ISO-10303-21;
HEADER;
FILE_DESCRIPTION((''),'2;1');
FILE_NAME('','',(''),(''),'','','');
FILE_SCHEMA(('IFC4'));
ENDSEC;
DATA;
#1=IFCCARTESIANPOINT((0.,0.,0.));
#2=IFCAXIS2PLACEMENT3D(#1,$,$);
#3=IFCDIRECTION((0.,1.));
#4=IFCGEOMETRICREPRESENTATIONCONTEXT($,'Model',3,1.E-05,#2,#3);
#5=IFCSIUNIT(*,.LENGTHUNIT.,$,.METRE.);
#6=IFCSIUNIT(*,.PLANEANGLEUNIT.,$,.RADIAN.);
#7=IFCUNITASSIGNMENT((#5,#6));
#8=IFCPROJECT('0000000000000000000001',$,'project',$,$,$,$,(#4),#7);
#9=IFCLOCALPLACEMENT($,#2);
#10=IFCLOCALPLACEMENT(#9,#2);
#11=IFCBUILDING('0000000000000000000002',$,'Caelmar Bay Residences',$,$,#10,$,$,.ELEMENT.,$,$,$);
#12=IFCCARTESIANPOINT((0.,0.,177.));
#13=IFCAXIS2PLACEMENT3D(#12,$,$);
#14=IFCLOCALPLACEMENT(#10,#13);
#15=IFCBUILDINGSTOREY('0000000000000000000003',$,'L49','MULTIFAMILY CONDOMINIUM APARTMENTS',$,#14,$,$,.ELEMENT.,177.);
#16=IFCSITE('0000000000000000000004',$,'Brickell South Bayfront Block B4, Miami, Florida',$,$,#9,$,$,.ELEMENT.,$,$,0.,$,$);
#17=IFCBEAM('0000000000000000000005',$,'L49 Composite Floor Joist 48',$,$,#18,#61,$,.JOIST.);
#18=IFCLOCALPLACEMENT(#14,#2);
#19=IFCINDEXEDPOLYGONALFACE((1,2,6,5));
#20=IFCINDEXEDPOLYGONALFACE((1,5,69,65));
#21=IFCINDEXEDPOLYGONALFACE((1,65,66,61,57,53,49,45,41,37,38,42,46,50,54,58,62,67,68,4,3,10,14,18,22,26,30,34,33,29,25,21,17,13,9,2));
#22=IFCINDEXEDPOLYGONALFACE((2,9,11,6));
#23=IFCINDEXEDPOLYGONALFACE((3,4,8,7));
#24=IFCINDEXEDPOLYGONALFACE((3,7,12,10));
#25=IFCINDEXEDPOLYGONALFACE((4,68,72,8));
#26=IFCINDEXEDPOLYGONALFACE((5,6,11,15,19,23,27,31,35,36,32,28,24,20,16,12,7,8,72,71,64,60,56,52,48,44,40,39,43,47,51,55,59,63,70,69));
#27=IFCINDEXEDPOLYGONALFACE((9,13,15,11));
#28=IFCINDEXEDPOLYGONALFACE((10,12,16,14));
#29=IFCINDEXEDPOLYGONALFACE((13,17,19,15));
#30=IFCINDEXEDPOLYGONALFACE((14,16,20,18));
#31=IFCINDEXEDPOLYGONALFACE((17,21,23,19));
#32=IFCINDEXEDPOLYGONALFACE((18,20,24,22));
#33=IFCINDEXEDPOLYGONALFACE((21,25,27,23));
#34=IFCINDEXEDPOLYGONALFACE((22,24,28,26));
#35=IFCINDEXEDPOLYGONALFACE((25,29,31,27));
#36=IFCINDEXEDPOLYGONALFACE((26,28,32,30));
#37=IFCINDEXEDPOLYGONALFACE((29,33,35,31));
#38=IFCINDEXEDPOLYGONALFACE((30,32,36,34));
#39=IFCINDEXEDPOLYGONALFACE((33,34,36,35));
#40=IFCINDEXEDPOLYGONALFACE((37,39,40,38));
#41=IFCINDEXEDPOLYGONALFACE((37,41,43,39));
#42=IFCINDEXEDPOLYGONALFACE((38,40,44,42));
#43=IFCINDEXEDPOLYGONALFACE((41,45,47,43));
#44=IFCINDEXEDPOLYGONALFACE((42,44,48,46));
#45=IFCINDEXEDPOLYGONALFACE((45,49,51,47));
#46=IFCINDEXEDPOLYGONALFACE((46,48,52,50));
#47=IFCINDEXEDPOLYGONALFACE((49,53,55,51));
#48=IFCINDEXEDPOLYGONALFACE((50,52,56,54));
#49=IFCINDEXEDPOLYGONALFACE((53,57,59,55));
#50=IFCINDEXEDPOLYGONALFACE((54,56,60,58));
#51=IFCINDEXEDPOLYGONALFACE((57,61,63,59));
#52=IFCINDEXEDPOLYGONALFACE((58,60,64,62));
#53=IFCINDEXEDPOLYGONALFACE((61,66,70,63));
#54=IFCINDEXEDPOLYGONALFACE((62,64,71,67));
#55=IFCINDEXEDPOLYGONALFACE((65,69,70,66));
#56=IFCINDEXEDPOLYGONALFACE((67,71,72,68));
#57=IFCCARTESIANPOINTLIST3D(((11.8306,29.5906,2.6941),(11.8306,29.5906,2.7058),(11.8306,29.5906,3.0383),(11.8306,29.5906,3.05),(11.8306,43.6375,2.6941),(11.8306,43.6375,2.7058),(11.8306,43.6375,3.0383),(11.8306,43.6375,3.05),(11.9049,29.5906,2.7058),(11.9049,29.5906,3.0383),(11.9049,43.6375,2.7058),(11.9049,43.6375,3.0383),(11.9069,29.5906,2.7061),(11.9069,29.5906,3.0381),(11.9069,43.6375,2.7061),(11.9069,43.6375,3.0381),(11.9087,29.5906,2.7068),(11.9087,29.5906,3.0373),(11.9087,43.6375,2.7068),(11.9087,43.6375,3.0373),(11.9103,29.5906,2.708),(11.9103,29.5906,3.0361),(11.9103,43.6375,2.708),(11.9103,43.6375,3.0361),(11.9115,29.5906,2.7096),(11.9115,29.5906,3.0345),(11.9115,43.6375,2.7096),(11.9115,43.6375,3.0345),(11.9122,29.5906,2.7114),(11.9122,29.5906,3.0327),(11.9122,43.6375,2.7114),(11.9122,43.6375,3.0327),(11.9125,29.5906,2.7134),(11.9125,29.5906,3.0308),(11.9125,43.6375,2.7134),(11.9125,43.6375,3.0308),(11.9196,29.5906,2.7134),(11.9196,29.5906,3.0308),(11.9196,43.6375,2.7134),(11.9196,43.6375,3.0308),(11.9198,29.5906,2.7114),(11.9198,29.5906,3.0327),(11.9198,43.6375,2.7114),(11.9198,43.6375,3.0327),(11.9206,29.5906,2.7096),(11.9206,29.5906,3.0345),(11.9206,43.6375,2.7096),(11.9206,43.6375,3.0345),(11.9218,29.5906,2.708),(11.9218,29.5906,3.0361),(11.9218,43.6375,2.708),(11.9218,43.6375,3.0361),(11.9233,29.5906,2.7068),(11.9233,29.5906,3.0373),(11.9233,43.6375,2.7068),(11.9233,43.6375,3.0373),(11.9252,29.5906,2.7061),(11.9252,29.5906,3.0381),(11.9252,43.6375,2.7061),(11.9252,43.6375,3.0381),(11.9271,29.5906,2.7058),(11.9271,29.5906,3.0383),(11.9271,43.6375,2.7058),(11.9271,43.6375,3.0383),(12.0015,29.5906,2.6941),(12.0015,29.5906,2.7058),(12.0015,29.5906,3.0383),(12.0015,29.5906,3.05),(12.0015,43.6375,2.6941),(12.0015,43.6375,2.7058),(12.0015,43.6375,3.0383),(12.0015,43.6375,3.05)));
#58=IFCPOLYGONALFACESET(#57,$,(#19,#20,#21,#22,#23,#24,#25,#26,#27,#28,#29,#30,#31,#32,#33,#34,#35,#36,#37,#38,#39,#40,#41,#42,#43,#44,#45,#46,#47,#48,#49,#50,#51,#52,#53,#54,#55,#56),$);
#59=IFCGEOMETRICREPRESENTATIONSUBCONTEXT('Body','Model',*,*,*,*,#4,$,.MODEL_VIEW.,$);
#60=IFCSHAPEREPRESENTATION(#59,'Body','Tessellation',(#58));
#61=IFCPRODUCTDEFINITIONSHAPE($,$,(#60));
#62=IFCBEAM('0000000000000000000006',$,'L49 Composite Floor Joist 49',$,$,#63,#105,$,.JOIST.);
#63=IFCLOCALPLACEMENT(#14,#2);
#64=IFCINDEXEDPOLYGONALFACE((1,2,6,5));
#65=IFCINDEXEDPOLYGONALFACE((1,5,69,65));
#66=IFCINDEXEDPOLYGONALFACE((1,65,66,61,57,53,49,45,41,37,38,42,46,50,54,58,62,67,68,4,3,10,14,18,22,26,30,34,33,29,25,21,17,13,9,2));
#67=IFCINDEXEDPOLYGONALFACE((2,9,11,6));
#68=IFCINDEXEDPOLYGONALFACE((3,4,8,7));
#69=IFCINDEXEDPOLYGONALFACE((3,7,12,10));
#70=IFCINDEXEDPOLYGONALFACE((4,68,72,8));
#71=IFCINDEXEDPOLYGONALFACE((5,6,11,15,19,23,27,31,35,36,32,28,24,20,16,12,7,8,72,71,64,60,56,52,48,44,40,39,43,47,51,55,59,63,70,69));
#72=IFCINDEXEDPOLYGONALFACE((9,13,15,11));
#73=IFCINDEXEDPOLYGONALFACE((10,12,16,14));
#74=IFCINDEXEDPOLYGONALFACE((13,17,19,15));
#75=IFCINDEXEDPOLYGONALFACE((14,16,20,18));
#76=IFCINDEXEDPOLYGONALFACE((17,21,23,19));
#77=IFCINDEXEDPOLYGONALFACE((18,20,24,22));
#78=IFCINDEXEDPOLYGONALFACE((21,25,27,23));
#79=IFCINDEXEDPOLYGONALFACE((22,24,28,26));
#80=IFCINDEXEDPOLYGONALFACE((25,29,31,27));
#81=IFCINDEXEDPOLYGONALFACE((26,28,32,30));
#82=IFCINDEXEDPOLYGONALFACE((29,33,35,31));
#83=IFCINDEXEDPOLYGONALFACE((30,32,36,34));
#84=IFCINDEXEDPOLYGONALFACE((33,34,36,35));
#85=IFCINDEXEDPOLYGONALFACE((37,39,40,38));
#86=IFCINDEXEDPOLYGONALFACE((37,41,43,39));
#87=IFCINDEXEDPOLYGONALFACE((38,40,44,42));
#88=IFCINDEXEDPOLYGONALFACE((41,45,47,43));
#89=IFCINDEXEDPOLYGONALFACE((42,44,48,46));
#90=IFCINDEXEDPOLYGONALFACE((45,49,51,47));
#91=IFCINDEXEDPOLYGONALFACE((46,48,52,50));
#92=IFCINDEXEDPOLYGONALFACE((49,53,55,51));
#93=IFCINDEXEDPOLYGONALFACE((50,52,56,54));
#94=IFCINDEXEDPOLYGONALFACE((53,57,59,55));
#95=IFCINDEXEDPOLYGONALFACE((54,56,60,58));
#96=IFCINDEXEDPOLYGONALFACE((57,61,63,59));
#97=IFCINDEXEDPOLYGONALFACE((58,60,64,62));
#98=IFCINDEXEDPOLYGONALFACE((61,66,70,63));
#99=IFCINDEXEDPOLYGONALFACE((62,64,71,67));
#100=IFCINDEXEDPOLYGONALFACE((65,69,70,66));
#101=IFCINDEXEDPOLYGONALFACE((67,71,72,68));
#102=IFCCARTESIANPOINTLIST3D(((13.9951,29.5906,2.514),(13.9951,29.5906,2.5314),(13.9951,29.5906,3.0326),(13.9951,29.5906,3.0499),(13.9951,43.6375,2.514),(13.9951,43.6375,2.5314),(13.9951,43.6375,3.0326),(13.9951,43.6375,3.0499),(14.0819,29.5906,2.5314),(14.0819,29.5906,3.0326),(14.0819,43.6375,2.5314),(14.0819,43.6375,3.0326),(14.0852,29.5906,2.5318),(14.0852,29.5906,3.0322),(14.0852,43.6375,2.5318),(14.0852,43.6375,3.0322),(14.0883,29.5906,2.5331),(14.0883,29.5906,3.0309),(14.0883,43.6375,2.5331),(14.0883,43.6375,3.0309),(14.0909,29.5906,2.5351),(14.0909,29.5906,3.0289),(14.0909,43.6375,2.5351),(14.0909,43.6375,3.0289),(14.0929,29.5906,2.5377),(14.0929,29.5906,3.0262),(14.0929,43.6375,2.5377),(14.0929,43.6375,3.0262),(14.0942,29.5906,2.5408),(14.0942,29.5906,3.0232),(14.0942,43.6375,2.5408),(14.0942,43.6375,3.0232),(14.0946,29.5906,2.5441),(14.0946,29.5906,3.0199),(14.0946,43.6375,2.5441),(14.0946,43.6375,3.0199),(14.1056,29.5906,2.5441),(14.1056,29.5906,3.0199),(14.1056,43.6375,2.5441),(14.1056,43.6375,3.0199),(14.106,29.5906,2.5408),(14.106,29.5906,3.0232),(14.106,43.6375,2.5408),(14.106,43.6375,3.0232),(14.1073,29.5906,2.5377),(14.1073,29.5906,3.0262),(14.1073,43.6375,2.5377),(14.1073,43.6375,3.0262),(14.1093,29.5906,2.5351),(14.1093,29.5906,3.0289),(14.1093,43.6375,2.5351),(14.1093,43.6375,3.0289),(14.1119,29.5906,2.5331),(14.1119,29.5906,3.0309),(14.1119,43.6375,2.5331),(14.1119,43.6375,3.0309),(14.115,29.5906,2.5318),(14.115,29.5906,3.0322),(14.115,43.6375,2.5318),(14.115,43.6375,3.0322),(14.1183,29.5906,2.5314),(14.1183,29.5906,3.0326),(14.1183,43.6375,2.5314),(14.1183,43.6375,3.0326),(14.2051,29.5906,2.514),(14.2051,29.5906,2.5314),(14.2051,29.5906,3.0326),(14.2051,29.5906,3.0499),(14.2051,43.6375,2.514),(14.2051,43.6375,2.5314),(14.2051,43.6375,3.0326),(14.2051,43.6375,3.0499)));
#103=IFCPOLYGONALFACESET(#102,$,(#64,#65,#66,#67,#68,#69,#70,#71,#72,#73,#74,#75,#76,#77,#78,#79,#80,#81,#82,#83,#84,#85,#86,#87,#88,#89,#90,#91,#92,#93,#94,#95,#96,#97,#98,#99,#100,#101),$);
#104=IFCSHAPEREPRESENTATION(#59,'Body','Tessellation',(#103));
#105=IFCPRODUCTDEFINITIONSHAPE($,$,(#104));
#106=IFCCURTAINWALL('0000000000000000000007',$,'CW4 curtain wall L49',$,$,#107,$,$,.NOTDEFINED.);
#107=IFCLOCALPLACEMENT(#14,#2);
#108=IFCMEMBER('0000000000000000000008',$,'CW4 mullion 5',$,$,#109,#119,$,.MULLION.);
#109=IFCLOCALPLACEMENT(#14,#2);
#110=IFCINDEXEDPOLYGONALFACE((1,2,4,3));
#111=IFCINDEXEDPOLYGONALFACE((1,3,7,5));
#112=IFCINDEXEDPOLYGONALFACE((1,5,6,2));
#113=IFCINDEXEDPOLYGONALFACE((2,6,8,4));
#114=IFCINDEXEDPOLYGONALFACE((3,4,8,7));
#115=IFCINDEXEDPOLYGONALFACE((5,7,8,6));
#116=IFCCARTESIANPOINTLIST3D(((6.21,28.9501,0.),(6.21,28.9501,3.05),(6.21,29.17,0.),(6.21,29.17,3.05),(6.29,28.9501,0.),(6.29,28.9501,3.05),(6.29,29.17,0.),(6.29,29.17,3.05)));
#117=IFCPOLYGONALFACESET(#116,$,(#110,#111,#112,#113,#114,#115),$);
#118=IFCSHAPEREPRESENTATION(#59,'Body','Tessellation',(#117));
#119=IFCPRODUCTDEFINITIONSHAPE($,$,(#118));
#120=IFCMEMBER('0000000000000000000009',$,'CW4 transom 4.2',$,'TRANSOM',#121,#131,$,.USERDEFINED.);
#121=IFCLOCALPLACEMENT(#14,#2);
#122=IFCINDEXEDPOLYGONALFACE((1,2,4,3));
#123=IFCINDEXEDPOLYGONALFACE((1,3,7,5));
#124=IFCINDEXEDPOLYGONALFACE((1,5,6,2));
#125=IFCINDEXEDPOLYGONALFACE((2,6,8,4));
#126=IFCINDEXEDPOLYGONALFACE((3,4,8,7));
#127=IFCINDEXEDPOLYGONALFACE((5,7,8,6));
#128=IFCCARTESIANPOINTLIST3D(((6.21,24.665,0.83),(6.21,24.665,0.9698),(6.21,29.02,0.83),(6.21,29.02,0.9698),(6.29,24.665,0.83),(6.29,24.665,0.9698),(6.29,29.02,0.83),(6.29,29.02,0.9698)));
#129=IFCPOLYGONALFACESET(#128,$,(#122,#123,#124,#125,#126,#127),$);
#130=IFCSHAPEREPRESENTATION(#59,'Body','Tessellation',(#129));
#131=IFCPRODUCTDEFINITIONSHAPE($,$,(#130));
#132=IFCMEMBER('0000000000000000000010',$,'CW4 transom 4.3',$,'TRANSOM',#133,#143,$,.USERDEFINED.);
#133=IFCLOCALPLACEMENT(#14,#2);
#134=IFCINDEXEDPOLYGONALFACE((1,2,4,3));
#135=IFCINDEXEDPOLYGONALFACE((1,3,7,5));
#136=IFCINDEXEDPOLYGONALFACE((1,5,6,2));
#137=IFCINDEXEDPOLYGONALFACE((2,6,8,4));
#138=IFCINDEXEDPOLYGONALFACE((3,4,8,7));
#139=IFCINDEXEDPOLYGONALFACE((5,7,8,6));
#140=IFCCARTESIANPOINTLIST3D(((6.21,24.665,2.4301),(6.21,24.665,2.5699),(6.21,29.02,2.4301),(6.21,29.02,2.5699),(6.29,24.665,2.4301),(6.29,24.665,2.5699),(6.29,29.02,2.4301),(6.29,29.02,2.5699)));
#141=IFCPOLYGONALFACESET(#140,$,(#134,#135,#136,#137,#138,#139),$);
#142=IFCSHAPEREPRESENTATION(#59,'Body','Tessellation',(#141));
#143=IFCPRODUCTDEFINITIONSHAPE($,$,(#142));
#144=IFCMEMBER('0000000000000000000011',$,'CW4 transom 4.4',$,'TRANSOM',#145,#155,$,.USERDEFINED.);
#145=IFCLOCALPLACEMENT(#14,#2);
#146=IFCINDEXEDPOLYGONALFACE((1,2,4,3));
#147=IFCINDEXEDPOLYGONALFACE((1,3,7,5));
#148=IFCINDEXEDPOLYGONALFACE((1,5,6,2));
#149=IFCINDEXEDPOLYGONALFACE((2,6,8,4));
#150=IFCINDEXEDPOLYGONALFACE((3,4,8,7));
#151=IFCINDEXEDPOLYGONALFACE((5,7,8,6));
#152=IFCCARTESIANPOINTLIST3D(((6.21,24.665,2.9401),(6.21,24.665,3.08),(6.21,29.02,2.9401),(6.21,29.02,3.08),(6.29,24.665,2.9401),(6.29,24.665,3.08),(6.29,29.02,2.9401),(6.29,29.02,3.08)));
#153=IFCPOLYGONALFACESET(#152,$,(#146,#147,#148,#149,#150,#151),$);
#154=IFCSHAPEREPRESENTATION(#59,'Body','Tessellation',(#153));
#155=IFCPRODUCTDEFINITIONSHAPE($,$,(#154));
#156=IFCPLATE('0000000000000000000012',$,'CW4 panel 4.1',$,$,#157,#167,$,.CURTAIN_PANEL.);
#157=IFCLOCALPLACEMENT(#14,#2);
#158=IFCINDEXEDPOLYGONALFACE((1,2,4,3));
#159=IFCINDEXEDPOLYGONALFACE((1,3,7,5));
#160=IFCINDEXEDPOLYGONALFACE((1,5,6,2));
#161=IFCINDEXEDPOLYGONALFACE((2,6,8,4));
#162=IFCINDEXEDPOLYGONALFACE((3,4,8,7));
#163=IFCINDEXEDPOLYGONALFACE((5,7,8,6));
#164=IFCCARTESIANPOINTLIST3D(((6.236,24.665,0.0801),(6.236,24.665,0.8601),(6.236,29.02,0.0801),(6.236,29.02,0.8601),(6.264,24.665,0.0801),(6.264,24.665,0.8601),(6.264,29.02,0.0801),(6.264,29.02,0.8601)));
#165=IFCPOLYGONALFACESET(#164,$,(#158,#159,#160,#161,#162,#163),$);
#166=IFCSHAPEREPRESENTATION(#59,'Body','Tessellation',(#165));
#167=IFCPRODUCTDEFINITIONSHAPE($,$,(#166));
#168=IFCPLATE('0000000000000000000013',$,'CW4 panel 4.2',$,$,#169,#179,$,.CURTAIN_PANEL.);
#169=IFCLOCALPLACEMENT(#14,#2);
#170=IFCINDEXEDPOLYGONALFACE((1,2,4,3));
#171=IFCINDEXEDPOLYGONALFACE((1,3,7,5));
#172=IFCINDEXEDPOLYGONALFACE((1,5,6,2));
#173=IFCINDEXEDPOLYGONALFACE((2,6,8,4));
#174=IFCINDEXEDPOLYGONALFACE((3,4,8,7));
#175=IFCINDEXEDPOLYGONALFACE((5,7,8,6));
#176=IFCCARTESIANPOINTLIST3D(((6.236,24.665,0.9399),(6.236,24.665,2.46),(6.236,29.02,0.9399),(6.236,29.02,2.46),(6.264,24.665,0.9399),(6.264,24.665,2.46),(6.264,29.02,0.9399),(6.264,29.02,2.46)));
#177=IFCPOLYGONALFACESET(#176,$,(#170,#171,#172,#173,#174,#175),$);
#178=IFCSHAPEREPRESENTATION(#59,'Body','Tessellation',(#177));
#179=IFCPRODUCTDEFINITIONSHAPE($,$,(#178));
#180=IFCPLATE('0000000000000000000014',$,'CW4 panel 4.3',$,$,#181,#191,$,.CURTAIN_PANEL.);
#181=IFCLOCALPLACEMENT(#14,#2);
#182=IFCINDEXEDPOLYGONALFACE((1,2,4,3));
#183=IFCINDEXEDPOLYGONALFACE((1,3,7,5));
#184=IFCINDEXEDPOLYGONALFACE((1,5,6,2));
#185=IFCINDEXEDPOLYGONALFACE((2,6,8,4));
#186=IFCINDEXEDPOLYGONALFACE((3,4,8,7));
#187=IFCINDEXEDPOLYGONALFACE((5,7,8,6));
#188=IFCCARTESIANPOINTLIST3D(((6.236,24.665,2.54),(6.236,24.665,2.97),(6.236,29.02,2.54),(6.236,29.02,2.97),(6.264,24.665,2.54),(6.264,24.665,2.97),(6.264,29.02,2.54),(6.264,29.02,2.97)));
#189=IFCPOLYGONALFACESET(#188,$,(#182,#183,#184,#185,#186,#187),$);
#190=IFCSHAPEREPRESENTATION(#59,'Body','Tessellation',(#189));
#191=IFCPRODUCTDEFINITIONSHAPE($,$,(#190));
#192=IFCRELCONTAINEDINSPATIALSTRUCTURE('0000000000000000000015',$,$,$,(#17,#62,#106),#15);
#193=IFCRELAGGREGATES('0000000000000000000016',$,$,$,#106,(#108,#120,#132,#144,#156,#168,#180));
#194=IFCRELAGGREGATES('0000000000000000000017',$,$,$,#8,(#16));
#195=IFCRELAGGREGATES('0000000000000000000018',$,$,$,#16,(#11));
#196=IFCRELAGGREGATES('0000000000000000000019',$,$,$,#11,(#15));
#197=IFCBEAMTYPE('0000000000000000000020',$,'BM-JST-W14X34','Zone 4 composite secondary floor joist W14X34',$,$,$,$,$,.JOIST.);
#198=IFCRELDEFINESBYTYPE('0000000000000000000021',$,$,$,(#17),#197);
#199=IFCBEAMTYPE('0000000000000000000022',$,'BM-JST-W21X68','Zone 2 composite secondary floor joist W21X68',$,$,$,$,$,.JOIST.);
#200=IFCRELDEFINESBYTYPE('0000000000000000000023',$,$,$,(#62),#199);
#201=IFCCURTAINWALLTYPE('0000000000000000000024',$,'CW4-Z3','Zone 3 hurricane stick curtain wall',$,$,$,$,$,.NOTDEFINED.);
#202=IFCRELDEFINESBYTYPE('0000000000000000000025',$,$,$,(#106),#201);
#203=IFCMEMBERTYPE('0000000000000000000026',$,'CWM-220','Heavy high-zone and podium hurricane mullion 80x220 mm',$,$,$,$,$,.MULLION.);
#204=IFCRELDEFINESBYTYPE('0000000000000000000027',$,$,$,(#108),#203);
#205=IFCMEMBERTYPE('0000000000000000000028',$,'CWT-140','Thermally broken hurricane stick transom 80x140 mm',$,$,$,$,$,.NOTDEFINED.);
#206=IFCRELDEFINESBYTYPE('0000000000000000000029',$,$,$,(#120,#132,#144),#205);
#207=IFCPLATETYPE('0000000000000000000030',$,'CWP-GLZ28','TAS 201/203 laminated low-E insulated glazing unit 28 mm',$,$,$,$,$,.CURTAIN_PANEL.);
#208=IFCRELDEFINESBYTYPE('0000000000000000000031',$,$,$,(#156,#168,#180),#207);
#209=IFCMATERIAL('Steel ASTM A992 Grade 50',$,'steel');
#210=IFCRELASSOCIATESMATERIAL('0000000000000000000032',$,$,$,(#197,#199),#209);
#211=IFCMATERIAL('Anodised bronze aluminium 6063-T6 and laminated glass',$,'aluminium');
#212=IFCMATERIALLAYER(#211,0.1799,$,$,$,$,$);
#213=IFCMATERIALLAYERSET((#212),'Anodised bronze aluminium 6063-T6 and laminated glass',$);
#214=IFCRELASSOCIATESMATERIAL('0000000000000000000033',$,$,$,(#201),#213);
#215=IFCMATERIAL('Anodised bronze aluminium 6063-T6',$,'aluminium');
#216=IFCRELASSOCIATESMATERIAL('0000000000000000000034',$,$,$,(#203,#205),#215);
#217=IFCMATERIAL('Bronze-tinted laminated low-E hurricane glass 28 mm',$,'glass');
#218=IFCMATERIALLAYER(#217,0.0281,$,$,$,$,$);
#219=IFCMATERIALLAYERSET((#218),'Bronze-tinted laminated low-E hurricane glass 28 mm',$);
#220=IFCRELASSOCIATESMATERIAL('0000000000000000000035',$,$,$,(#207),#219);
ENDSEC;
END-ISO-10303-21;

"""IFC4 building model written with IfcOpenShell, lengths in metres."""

from ifc_helpers import new_model, si_unit, direction, frame, origin, origin_2d, place, context, subcontext, project, spatial, rectangle, i_section, extrude, material, layer, layer_set, material_profile, profile_set, type_object, element, aggregate, save


model = new_model("IFC4")

# Units and contexts
model_context = context("Model", 3, precision=1e-05, world=origin(), true_north=direction((0.0, 1.0)))
body_context = subcontext(model_context, "Body", "Model", "MODEL_VIEW")
ifc_project = project(units=[si_unit("LENGTHUNIT", "METRE"), si_unit("PLANEANGLEUNIT", "RADIAN")], contexts=[model_context])

# Site, building, storey
site_placement = place(None, origin())
site = spatial("IfcSite", under=ifc_project, at=site_placement, Name="Brickell South Bayfront Block B4, Miami, Florida", CompositionType="ELEMENT", RefElevation=0.0)
building_placement = place(site_placement, origin())
building = spatial("IfcBuilding", under=site, at=building_placement, Name="Caelmar Bay Residences", CompositionType="ELEMENT")
storey_placement = place(building_placement, frame((0.0, 0.0, 177.0)))
storey = spatial("IfcBuildingStorey", under=building, at=storey_placement, Name="L49", Description="MULTIFAMILY CONDOMINIUM APARTMENTS", CompositionType="ELEMENT", Elevation=177.0)

# Beams
ifc_material_1 = material(Name="Steel ASTM A992 Grade 50", Category="steel")
ifc_material_profile_1 = material_profile(ifc_material_1, i_section(OverallWidth=0.1709, OverallDepth=0.356, WebThickness=0.0071, FlangeThickness=0.0117, FilletRadius=0.0076, at=origin_2d()), Name="W14X34")
ifc_profile_set_1 = profile_set([ifc_material_profile_1], Name="Steel ASTM A992 Grade 50")
beam_type_1 = type_object("IfcBeamType", Name="BM-JST-W14X34", Description="Zone 4 composite secondary floor joist W14X34", PredefinedType="JOIST", material=ifc_profile_set_1)
beam_1_placement = place(storey_placement, frame((11.916, 29.5906, 2.8721), z_axis=(0.0, 1.0, 0.0), x_axis=(-1.0, 0.0, 0.0)))
element("IfcBeam", 1, at=beam_1_placement, inside=storey, type_object=beam_type_1, Name="L49 Composite Floor Joist 48", PredefinedType="JOIST", context=body_context, shape_type="SweptSolid", body=[
    extrude(i_section(OverallWidth=0.1709, OverallDepth=0.356, WebThickness=0.0071, FlangeThickness=0.0117, FilletRadius=0.0076, at=origin_2d()), origin(), (0.0, 0.0, 1.0), 14.0469),
])
ifc_material_profile_2 = material_profile(ifc_material_1, i_section(OverallWidth=0.21, OverallDepth=0.5359, WebThickness=0.011, FlangeThickness=0.0173, FilletRadius=0.0127, at=origin_2d()), Name="W21X68")
ifc_profile_set_2 = profile_set([ifc_material_profile_2], Name="Steel ASTM A992 Grade 50")
beam_type_2 = type_object("IfcBeamType", Name="BM-JST-W21X68", Description="Zone 2 composite secondary floor joist W21X68", PredefinedType="JOIST", material=ifc_profile_set_2)
beam_2_placement = place(storey_placement, frame((14.1001, 29.5906, 2.782), z_axis=(0.0, 1.0, 0.0), x_axis=(-1.0, 0.0, 0.0)))
element("IfcBeam", 2, at=beam_2_placement, inside=storey, type_object=beam_type_2, Name="L49 Composite Floor Joist 49", PredefinedType="JOIST", context=body_context, shape_type="SweptSolid", body=[
    extrude(i_section(OverallWidth=0.21, OverallDepth=0.5359, WebThickness=0.011, FlangeThickness=0.0173, FilletRadius=0.0127, at=origin_2d()), origin(), (0.0, 0.0, 1.0), 14.0469),
])

# Curtain wall, members, plates
ifc_material_2 = material(Name="Anodised bronze aluminium 6063-T6 and laminated glass", Category="aluminium")
ifc_layer_1 = layer(ifc_material_2, 0.1799)
ifc_layer_set_1 = layer_set([ifc_layer_1], Name="Anodised bronze aluminium 6063-T6 and laminated glass")
curtain_wall_type = type_object("IfcCurtainWallType", Name="CW4-Z3", Description="Zone 3 hurricane stick curtain wall", PredefinedType="NOTDEFINED", material=ifc_layer_set_1)
curtain_wall_placement = place(storey_placement, origin())
curtain_wall = element("IfcCurtainWall", 3, at=curtain_wall_placement, inside=storey, type_object=curtain_wall_type, Name="CW4 curtain wall L49", PredefinedType="NOTDEFINED")
ifc_material_3 = material(Name="Anodised bronze aluminium 6063-T6", Category="aluminium")
ifc_material_profile_3 = material_profile(ifc_material_3, rectangle(XDim=0.0801, YDim=0.22, at=origin_2d()), Name="CWM-80X220")
ifc_profile_set_3 = profile_set([ifc_material_profile_3], Name="Anodised bronze aluminium 6063-T6")
member_type_1 = type_object("IfcMemberType", Name="CWM-220", Description="Heavy high-zone and podium hurricane mullion 80x220 mm", PredefinedType="MULLION", material=ifc_profile_set_3)
member_1_placement = place(storey_placement, frame((6.25, 29.0601, 0.0), z_axis=(0.0, 0.0, 1.0), x_axis=(-1.0, 0.0, 0.0)))
member_1 = element("IfcMember", 4, at=member_1_placement, type_object=member_type_1, Name="CW4 mullion 5", PredefinedType="MULLION", context=body_context, shape_type="SweptSolid", body=[
    extrude(rectangle(XDim=0.0801, YDim=0.22, at=origin_2d()), origin(), (0.0, 0.0, 1.0), 3.05),
])
ifc_material_profile_4 = material_profile(ifc_material_3, rectangle(XDim=0.0801, YDim=0.1399, at=origin_2d()), Name="CWT-80X140")
ifc_profile_set_4 = profile_set([ifc_material_profile_4], Name="Anodised bronze aluminium 6063-T6")
member_type_2 = type_object("IfcMemberType", Name="CWT-140", Description="Thermally broken hurricane stick transom 80x140 mm", PredefinedType="NOTDEFINED", material=ifc_profile_set_4)
member_2_placement = place(storey_placement, frame((6.25, 24.665, 0.8999), z_axis=(0.0, 1.0, 0.0), x_axis=(-1.0, 0.0, 0.0)))
member_2 = element("IfcMember", 5, at=member_2_placement, type_object=member_type_2, Name="CW4 transom 4.2", ObjectType="TRANSOM", PredefinedType="USERDEFINED", context=body_context, shape_type="SweptSolid", body=[
    extrude(rectangle(XDim=0.0801, YDim=0.1399, at=origin_2d()), origin(), (0.0, 0.0, 1.0), 4.355),
])
member_3_placement = place(storey_placement, frame((6.25, 24.665, 2.5), z_axis=(0.0, 1.0, 0.0), x_axis=(-1.0, 0.0, 0.0)))
member_3 = element("IfcMember", 6, at=member_3_placement, type_object=member_type_2, Name="CW4 transom 4.3", ObjectType="TRANSOM", PredefinedType="USERDEFINED", context=body_context, shape_type="SweptSolid", body=[
    extrude(rectangle(XDim=0.0801, YDim=0.1399, at=origin_2d()), origin(), (0.0, 0.0, 1.0), 4.355),
])
member_4_placement = place(storey_placement, frame((6.25, 24.665, 3.01), z_axis=(0.0, 1.0, 0.0), x_axis=(-1.0, 0.0, 0.0)))
member_4 = element("IfcMember", 7, at=member_4_placement, type_object=member_type_2, Name="CW4 transom 4.4", ObjectType="TRANSOM", PredefinedType="USERDEFINED", context=body_context, shape_type="SweptSolid", body=[
    extrude(rectangle(XDim=0.0801, YDim=0.1399, at=origin_2d()), origin(), (0.0, 0.0, 1.0), 4.355),
])
ifc_material_4 = material(Name="Bronze-tinted laminated low-E hurricane glass 28 mm", Category="glass")
ifc_layer_2 = layer(ifc_material_4, 0.0281)
ifc_layer_set_2 = layer_set([ifc_layer_2], Name="Bronze-tinted laminated low-E hurricane glass 28 mm")
plate_type = type_object("IfcPlateType", Name="CWP-GLZ28", Description="TAS 201/203 laminated low-E insulated glazing unit 28 mm", PredefinedType="CURTAIN_PANEL", material=ifc_layer_set_2)
plate_1_placement = place(storey_placement, frame((6.25, 26.8425, 0.0801), z_axis=(0.0, 0.0, 1.0), x_axis=(0.0, 1.0, 0.0)))
plate_1 = element("IfcPlate", 8, at=plate_1_placement, type_object=plate_type, Name="CW4 panel 4.1", PredefinedType="CURTAIN_PANEL", context=body_context, shape_type="SweptSolid", body=[
    extrude(rectangle(XDim=4.355, YDim=0.0281, at=origin_2d()), origin(), (0.0, 0.0, 1.0), 0.78),
])
plate_2_placement = place(storey_placement, frame((6.25, 26.8425, 0.9399), z_axis=(0.0, 0.0, 1.0), x_axis=(0.0, 1.0, 0.0)))
plate_2 = element("IfcPlate", 9, at=plate_2_placement, type_object=plate_type, Name="CW4 panel 4.2", PredefinedType="CURTAIN_PANEL", context=body_context, shape_type="SweptSolid", body=[
    extrude(rectangle(XDim=4.355, YDim=0.0281, at=origin_2d()), origin(), (0.0, 0.0, 1.0), 1.52),
])
plate_3_placement = place(storey_placement, frame((6.25, 26.8425, 2.54), z_axis=(0.0, 0.0, 1.0), x_axis=(0.0, 1.0, 0.0)))
plate_3 = element("IfcPlate", 10, at=plate_3_placement, type_object=plate_type, Name="CW4 panel 4.3", PredefinedType="CURTAIN_PANEL", context=body_context, shape_type="SweptSolid", body=[
    extrude(rectangle(XDim=4.355, YDim=0.0281, at=origin_2d()), origin(), (0.0, 0.0, 1.0), 0.4299),
])
aggregate(curtain_wall, [member_1, member_2, member_3, member_4, plate_1, plate_2, plate_3])

save(model, "model.ifc")
